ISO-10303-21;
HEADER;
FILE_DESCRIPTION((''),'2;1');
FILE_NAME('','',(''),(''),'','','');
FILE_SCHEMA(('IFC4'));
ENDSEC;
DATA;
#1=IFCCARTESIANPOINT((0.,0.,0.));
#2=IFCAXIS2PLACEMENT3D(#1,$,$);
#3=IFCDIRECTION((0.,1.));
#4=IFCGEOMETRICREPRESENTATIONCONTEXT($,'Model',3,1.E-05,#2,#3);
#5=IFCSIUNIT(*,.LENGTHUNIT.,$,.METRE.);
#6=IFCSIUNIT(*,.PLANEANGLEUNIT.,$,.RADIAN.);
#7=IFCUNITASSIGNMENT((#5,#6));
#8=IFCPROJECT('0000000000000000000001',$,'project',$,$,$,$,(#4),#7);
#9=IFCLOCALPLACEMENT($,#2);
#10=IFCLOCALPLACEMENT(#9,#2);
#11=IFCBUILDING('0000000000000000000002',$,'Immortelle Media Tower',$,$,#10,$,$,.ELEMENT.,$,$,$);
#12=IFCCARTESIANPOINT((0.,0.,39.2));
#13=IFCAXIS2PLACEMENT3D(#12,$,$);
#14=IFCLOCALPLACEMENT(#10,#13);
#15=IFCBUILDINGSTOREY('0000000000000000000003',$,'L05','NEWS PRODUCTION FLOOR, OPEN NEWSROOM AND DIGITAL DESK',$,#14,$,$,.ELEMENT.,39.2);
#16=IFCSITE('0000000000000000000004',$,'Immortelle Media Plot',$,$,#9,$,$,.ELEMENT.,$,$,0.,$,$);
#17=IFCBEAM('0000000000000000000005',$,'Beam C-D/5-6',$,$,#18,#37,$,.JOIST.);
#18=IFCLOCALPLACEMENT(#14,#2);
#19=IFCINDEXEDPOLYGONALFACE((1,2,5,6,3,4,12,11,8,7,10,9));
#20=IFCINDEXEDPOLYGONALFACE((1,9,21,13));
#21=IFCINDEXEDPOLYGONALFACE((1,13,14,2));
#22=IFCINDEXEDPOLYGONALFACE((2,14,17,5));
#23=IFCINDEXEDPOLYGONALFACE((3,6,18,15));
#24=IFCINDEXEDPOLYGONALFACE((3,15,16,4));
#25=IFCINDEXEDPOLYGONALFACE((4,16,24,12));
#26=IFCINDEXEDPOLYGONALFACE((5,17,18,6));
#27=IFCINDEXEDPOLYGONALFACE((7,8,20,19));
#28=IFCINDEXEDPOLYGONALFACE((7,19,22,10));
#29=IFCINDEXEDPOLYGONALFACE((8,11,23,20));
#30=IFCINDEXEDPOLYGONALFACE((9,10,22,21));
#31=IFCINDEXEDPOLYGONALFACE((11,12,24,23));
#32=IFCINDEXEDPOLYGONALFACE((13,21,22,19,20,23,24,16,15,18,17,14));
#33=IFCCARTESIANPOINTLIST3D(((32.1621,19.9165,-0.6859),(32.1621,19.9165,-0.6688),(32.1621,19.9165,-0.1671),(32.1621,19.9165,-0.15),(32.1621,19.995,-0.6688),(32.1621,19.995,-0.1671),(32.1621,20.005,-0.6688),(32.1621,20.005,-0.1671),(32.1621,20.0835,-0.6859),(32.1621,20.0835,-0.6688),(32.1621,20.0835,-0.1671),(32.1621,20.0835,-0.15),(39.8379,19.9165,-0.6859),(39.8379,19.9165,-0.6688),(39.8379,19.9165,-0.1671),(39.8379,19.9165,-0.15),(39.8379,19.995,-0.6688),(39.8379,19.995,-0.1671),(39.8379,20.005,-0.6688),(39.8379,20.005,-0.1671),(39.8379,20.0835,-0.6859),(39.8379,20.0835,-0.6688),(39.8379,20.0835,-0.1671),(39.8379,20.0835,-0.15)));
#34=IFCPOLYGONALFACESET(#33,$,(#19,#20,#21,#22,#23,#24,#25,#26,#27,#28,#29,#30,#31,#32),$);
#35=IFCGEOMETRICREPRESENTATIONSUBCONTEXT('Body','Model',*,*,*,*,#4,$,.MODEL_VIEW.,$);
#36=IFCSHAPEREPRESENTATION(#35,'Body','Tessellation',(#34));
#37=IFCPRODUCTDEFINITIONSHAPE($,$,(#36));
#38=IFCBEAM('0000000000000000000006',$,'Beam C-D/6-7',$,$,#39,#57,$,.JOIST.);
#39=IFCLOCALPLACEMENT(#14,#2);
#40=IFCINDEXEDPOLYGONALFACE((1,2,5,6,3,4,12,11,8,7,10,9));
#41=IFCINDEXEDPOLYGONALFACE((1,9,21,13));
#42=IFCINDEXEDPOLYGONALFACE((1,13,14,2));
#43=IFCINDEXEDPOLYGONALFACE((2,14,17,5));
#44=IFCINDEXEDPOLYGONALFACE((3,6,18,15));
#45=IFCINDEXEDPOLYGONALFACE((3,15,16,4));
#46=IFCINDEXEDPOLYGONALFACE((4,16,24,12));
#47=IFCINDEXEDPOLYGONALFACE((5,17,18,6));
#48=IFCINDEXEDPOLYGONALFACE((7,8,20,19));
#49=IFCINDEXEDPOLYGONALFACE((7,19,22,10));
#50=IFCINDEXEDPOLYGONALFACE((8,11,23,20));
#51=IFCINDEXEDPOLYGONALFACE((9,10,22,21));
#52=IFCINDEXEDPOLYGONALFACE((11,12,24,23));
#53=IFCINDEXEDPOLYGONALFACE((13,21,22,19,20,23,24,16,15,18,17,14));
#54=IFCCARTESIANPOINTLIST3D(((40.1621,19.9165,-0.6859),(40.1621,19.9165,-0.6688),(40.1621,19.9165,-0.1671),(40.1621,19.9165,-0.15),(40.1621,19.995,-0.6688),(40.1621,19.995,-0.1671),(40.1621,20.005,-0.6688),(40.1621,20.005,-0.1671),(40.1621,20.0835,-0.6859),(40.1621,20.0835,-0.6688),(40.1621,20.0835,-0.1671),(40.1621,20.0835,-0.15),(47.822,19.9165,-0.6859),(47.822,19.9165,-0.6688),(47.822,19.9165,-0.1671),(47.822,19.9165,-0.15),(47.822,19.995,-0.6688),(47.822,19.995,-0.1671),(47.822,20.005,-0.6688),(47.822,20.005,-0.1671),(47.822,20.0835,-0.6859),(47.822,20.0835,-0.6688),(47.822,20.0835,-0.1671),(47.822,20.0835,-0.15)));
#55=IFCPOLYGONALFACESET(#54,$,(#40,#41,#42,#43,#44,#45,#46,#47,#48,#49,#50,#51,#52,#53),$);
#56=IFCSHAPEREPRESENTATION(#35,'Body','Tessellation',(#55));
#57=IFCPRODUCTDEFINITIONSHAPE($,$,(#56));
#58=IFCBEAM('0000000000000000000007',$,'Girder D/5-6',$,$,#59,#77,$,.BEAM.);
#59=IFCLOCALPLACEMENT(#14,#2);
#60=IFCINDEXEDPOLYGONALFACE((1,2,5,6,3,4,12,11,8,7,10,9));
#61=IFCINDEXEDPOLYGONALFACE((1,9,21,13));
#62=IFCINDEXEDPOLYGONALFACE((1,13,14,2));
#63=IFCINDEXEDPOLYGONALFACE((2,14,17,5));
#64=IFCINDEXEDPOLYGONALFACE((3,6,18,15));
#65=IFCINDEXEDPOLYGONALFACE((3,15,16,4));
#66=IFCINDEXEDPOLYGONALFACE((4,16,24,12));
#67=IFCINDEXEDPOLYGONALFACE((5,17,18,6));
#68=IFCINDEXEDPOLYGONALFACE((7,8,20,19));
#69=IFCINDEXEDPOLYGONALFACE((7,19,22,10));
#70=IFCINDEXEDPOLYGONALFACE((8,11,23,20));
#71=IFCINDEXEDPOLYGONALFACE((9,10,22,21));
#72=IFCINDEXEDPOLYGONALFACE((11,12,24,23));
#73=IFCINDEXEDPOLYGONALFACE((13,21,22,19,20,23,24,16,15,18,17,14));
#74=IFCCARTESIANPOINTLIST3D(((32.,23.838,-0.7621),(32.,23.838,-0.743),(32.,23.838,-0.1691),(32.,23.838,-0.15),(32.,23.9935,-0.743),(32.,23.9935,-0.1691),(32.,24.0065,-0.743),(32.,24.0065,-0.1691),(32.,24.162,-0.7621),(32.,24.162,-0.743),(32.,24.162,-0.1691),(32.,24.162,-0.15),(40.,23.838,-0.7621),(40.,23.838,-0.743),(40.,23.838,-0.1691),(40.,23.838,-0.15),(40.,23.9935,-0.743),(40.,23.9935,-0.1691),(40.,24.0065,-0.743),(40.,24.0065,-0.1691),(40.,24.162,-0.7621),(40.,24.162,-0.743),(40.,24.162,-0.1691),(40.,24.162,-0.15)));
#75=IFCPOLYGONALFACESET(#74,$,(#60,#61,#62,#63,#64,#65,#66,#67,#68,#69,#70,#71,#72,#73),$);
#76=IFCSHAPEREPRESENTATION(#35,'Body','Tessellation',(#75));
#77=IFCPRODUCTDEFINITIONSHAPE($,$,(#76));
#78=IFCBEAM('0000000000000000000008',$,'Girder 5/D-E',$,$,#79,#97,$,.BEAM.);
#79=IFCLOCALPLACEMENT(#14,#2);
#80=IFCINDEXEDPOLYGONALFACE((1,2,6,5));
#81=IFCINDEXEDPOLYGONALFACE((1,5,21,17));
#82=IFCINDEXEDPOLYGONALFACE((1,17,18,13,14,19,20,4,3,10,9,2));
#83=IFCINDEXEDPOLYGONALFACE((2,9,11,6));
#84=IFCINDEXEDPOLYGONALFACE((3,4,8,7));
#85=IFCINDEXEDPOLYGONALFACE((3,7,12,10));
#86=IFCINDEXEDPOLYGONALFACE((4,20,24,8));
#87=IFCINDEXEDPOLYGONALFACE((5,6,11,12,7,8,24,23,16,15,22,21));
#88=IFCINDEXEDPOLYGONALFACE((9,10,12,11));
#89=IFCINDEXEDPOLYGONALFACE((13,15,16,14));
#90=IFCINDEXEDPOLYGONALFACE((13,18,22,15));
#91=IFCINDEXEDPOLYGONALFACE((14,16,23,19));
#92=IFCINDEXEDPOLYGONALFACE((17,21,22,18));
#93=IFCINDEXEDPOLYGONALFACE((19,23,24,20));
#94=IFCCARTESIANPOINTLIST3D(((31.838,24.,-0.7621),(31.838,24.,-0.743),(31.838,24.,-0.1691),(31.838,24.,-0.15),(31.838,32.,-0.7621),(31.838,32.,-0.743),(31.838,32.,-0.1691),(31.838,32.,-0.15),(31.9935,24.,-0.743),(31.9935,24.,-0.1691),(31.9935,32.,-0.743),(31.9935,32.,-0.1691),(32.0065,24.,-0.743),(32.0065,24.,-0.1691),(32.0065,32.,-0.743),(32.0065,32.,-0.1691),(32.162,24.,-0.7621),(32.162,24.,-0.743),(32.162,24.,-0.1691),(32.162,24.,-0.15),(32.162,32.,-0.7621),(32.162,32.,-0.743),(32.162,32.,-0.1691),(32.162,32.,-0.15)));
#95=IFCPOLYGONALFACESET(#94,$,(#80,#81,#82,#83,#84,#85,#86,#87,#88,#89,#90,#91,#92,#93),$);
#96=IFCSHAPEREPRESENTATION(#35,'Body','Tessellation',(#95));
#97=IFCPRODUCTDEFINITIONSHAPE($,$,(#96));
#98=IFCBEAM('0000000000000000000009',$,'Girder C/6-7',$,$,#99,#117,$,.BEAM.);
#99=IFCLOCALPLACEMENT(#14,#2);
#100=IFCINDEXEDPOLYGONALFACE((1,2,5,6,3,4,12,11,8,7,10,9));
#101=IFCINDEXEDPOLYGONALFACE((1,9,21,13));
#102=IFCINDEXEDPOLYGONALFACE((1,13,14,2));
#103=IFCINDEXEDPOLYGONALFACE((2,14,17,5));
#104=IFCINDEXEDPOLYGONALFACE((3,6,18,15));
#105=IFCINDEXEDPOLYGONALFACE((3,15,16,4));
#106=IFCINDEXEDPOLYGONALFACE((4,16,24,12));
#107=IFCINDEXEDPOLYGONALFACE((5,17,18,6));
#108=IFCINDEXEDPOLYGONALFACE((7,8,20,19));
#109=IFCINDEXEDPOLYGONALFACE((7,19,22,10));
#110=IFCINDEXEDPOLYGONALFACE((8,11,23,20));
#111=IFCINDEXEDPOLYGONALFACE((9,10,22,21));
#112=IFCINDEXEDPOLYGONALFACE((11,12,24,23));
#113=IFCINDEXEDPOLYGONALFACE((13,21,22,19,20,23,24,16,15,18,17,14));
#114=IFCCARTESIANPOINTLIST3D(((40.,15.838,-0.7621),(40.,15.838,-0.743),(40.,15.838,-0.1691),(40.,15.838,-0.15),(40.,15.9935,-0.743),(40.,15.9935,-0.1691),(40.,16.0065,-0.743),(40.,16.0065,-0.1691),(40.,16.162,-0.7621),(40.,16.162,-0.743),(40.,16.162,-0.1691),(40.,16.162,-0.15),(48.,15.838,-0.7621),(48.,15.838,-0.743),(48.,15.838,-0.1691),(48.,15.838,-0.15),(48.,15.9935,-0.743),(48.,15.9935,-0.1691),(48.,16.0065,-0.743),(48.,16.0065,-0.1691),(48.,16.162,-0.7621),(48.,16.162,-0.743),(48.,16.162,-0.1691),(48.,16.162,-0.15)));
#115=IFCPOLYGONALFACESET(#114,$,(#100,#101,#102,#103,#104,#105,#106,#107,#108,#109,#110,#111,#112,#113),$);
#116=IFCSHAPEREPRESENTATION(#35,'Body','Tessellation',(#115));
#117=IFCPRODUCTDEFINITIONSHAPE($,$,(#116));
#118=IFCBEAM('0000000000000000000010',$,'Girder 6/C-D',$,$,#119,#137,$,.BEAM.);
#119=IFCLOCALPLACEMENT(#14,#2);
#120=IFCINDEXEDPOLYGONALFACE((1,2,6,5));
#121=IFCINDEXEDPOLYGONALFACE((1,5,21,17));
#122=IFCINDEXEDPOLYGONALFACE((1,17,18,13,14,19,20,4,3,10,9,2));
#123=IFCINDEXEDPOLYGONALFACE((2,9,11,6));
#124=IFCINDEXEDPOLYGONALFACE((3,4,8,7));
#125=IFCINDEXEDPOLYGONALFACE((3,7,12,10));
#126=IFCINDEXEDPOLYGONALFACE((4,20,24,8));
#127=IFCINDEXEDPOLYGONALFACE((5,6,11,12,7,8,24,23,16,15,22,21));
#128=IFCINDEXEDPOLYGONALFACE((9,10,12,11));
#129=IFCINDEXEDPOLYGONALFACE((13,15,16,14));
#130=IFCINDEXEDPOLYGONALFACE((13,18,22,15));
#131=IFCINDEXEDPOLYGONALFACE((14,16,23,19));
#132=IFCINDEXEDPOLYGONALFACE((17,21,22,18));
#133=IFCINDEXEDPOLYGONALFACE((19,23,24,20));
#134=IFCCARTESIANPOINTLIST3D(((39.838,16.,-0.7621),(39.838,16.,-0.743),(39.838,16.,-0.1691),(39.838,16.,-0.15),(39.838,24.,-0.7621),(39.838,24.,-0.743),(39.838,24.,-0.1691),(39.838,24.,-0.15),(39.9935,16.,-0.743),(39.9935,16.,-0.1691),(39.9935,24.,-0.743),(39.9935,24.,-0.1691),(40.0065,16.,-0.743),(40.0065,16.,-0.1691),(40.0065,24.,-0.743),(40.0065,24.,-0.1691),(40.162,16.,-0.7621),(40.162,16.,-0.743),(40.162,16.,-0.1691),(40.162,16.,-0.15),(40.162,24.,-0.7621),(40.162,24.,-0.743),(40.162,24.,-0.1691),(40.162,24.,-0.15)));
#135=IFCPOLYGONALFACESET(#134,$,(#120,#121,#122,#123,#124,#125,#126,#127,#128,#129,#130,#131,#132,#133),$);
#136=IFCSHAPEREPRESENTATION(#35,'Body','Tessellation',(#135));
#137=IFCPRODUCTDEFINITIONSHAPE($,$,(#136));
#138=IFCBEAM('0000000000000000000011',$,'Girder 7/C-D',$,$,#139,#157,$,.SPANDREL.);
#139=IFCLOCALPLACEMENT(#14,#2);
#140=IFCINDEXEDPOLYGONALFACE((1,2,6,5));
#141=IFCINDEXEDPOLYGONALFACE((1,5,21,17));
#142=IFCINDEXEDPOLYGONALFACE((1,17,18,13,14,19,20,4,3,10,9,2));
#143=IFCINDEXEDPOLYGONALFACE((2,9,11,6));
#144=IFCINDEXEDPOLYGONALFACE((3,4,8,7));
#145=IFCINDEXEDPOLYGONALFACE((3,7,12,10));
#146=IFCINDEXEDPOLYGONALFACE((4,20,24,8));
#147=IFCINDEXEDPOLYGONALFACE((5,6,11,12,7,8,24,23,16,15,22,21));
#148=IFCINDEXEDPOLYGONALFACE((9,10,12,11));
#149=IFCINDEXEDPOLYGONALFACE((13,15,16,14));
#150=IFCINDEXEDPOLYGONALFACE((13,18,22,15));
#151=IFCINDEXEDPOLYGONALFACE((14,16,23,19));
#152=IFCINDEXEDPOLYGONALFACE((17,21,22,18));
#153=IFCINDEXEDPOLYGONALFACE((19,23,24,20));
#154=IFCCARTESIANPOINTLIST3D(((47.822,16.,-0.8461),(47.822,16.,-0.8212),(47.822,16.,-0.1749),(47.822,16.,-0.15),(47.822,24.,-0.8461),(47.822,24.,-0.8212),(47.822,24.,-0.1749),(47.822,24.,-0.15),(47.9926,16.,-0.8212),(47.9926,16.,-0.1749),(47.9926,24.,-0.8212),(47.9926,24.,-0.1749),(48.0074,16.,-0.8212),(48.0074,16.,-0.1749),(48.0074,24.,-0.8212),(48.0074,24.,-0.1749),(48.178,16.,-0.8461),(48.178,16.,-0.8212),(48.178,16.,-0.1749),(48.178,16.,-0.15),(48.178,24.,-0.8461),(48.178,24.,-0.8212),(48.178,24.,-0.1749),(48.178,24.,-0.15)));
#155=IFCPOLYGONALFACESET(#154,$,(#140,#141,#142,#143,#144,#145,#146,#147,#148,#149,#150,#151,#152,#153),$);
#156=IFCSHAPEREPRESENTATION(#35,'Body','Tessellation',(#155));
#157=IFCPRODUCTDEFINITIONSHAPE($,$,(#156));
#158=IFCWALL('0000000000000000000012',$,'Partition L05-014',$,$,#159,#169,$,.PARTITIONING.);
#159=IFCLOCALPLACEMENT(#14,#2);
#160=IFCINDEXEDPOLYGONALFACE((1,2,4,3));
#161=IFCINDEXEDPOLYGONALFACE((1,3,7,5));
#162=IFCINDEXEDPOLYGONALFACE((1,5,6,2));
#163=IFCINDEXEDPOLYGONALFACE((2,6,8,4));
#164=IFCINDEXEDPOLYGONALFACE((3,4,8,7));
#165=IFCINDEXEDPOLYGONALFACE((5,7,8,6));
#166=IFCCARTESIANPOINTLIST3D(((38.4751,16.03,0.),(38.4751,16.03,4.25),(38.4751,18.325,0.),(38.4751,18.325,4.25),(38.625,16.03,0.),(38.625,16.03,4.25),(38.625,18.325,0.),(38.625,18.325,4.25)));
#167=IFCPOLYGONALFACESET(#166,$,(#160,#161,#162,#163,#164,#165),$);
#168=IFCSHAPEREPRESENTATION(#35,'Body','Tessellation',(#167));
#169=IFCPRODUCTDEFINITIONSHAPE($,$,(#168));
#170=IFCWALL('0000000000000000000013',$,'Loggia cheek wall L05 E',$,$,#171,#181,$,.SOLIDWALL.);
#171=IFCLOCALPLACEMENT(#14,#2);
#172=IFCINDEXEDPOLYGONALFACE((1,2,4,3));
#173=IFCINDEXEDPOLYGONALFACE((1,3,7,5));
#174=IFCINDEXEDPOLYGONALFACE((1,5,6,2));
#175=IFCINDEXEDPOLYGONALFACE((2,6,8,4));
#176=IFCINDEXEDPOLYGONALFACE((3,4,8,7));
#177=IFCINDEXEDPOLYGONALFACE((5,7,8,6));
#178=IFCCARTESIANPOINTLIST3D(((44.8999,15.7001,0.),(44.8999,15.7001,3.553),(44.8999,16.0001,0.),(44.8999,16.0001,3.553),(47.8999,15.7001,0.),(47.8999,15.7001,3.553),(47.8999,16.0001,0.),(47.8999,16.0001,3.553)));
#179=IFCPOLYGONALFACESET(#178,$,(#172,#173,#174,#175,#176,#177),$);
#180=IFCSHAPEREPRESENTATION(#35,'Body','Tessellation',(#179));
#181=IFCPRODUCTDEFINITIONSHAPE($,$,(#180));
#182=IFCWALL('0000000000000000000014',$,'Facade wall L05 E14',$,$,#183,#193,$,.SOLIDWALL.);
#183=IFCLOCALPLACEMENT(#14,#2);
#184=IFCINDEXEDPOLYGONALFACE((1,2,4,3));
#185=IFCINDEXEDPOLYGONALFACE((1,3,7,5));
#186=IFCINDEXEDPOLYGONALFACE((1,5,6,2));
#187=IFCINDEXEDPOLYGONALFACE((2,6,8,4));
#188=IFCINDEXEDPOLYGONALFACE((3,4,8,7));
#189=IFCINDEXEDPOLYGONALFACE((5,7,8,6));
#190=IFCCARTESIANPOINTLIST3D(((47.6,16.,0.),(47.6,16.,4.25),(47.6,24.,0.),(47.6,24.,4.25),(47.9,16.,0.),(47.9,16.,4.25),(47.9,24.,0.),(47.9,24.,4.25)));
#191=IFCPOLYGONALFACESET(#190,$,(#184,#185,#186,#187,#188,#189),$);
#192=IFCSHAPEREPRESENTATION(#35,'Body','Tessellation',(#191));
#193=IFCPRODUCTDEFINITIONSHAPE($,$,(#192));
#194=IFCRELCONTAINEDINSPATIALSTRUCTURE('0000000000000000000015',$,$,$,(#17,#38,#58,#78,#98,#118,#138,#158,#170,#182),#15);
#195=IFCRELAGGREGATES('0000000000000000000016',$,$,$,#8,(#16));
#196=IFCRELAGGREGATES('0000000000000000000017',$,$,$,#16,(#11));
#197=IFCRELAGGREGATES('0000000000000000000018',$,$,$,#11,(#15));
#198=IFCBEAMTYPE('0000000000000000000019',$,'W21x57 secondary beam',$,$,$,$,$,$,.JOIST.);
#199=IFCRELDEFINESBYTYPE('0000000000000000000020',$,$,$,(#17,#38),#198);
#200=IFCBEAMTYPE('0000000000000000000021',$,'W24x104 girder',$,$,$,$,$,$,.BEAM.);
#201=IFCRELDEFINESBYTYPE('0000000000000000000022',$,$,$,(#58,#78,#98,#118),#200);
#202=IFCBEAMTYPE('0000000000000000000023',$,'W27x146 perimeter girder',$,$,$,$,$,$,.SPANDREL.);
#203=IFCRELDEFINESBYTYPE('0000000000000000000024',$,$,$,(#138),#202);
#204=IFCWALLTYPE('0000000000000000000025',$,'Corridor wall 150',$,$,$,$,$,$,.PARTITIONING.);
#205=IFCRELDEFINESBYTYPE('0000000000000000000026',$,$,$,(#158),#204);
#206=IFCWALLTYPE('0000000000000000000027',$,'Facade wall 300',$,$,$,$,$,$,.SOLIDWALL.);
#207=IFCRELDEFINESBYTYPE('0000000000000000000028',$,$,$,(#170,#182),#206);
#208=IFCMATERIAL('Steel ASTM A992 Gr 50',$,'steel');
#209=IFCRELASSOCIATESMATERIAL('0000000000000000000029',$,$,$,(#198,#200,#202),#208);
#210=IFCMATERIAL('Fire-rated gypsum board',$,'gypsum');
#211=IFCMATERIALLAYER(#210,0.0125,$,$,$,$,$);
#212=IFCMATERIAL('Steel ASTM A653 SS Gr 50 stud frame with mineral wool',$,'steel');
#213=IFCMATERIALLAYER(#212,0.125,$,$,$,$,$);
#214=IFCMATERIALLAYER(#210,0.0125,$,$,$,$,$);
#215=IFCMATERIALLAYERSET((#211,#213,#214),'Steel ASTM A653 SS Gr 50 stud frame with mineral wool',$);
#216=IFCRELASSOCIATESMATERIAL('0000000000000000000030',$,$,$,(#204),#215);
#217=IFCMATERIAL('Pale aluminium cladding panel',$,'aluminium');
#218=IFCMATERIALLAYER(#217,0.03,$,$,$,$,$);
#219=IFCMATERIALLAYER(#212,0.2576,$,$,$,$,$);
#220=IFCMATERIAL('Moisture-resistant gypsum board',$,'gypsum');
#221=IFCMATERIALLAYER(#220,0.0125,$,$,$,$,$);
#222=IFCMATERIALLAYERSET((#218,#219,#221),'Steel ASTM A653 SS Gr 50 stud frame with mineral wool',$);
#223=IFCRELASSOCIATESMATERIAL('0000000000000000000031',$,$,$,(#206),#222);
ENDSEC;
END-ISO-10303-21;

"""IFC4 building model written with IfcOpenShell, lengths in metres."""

from ifc_helpers import new_model, si_unit, direction, frame, frame_2d, origin, origin_2d, place, context, subcontext, project, spatial, rectangle, i_section, extrude, material, layer, layer_set, material_profile, profile_set, type_object, element, save


model = new_model("IFC4")

# Units and contexts
model_context = context("Model", 3, precision=1e-05, world=origin(), true_north=direction((0.0, 1.0)))
body_context = subcontext(model_context, "Body", "Model", "MODEL_VIEW")
ifc_project = project(units=[si_unit("LENGTHUNIT", "METRE"), si_unit("PLANEANGLEUNIT", "RADIAN")], contexts=[model_context])

# Site, building, storey
site_placement = place(None, origin())
site = spatial("IfcSite", under=ifc_project, at=site_placement, Name="Immortelle Media Plot", CompositionType="ELEMENT", RefElevation=0.0)
building_placement = place(site_placement, origin())
building = spatial("IfcBuilding", under=site, at=building_placement, Name="Immortelle Media Tower", CompositionType="ELEMENT")
storey_placement = place(building_placement, frame((0.0, 0.0, 39.2)))
storey = spatial("IfcBuildingStorey", under=building, at=storey_placement, Name="L05", Description="NEWS PRODUCTION FLOOR, OPEN NEWSROOM AND DIGITAL DESK", CompositionType="ELEMENT", Elevation=39.2)

# Shared definitions
ifc_material_1 = material(Name="Steel ASTM A992 Gr 50", Category="steel")

# Beams
ifc_material_profile_1 = material_profile(ifc_material_1, i_section(OverallWidth=0.167, OverallDepth=0.5359, WebThickness=0.01, FlangeThickness=0.0171, at=origin_2d()), Name="W21x57")
ifc_profile_set_1 = profile_set([ifc_material_profile_1], Name="Steel ASTM A992 Gr 50")
beam_type_1 = type_object("IfcBeamType", Name="W21x57 secondary beam", PredefinedType="JOIST", material=ifc_profile_set_1)
beam_1_placement = place(storey_placement, frame((32.1621, 20.0, -0.418), z_axis=(1.0, 0.0, 0.0), x_axis=(0.0, 1.0, 0.0)))
element("IfcBeam", 1, at=beam_1_placement, inside=storey, type_object=beam_type_1, Name="Beam C-D/5-6", PredefinedType="JOIST", context=body_context, shape_type="SweptSolid", body=[
    extrude(i_section(OverallWidth=0.167, OverallDepth=0.5359, WebThickness=0.01, FlangeThickness=0.0171, at=origin_2d()), origin(), (0.0, 0.0, 1.0), 7.6758),
])
beam_2_placement = place(storey_placement, frame((40.1621, 20.0, -0.418), z_axis=(1.0, 0.0, 0.0), x_axis=(0.0, 1.0, 0.0)))
element("IfcBeam", 2, at=beam_2_placement, inside=storey, type_object=beam_type_1, Name="Beam C-D/6-7", PredefinedType="JOIST", context=body_context, shape_type="SweptSolid", body=[
    extrude(i_section(OverallWidth=0.167, OverallDepth=0.5359, WebThickness=0.01, FlangeThickness=0.0171, at=origin_2d()), origin(), (0.0, 0.0, 1.0), 7.6599),
])
ifc_material_profile_2 = material_profile(ifc_material_1, i_section(OverallWidth=0.324, OverallDepth=0.6121, WebThickness=0.0129, FlangeThickness=0.019, at=origin_2d()), Name="W24x104")
ifc_profile_set_2 = profile_set([ifc_material_profile_2], Name="Steel ASTM A992 Gr 50")
beam_type_2 = type_object("IfcBeamType", Name="W24x104 girder", PredefinedType="BEAM", material=ifc_profile_set_2)
for number, where, z_axis, x_axis, name in (
    (3, (32.0, 24.0, -0.4561), (1.0, 0.0, 0.0), (0.0, 1.0, 0.0), "Girder D/5-6"),
    (4, (32.0, 24.0, -0.4561), (0.0, 1.0, 0.0), (-1.0, 0.0, 0.0), "Girder 5/D-E"),
    (5, (40.0, 16.0, -0.4561), (1.0, 0.0, 0.0), (0.0, 1.0, 0.0), "Girder C/6-7"),
    (6, (40.0, 16.0, -0.4561), (0.0, 1.0, 0.0), (-1.0, 0.0, 0.0), "Girder 6/C-D"),
):
    element("IfcBeam", number, at=place(storey_placement, frame(where, z_axis=z_axis, x_axis=x_axis)), inside=storey, type_object=beam_type_2, Name=name, PredefinedType="BEAM", context=body_context, shape_type="SweptSolid", body=[
        extrude(i_section(OverallWidth=0.324, OverallDepth=0.6121, WebThickness=0.0129, FlangeThickness=0.019, at=origin_2d()), origin(), (0.0, 0.0, 1.0), 8.0),
    ])
ifc_material_profile_3 = material_profile(ifc_material_1, i_section(OverallWidth=0.356, OverallDepth=0.696, WebThickness=0.0149, FlangeThickness=0.0249, at=origin_2d()), Name="W27x146")
ifc_profile_set_3 = profile_set([ifc_material_profile_3], Name="Steel ASTM A992 Gr 50")
beam_type_3 = type_object("IfcBeamType", Name="W27x146 perimeter girder", PredefinedType="SPANDREL", material=ifc_profile_set_3)
beam_3_placement = place(storey_placement, frame((48.0, 16.0, -0.498), z_axis=(0.0, 1.0, 0.0), x_axis=(-1.0, 0.0, 0.0)))
element("IfcBeam", 7, at=beam_3_placement, inside=storey, type_object=beam_type_3, Name="Girder 7/C-D", PredefinedType="SPANDREL", context=body_context, shape_type="SweptSolid", body=[
    extrude(i_section(OverallWidth=0.356, OverallDepth=0.696, WebThickness=0.0149, FlangeThickness=0.0249, at=origin_2d()), origin(), (0.0, 0.0, 1.0), 8.0),
])

# Walls
ifc_material_2 = material(Name="Fire-rated gypsum board", Category="gypsum")
ifc_layer_1 = layer(ifc_material_2, 0.0125)
ifc_material_3 = material(Name="Steel ASTM A653 SS Gr 50 stud frame with mineral wool", Category="steel")
ifc_layer_2 = layer(ifc_material_3, 0.125)
ifc_layer_3 = layer(ifc_material_2, 0.0125)
ifc_layer_set_1 = layer_set([ifc_layer_1, ifc_layer_2, ifc_layer_3], Name="Steel ASTM A653 SS Gr 50 stud frame with mineral wool")
wall_type_1 = type_object("IfcWallType", Name="Corridor wall 150", PredefinedType="PARTITIONING", material=ifc_layer_set_1)
wall_1_placement = place(storey_placement, frame((38.55, 16.03, 0.0), z_axis=(0.0, 0.0, 1.0), x_axis=(0.0, 1.0, 0.0)))
element("IfcWall", 8, at=wall_1_placement, inside=storey, type_object=wall_type_1, Name="Partition L05-014", PredefinedType="PARTITIONING", context=body_context, shape_type="SweptSolid", body=[
    extrude(rectangle(XDim=2.2949, YDim=0.1499, at=frame_2d((1.1475, 0.0))), origin(), (0.0, 0.0, 1.0), 4.25),
])
ifc_material_4 = material(Name="Pale aluminium cladding panel", Category="aluminium")
ifc_layer_4 = layer(ifc_material_4, 0.03)
ifc_layer_5 = layer(ifc_material_3, 0.2576)
ifc_material_5 = material(Name="Moisture-resistant gypsum board", Category="gypsum")
ifc_layer_6 = layer(ifc_material_5, 0.0125)
ifc_layer_set_2 = layer_set([ifc_layer_4, ifc_layer_5, ifc_layer_6], Name="Steel ASTM A653 SS Gr 50 stud frame with mineral wool")
wall_type_2 = type_object("IfcWallType", Name="Facade wall 300", PredefinedType="SOLIDWALL", material=ifc_layer_set_2)
wall_2_placement = place(storey_placement, frame((47.8999, 15.8501, 0.0), z_axis=(0.0, 0.0, 1.0), x_axis=(-1.0, 0.0, 0.0)))
element("IfcWall", 9, at=wall_2_placement, inside=storey, type_object=wall_type_2, Name="Loggia cheek wall L05 E", PredefinedType="SOLIDWALL", context=body_context, shape_type="SweptSolid", body=[
    extrude(rectangle(XDim=3.0, YDim=0.3, at=frame_2d((1.5, 0.0))), origin(), (0.0, 0.0, 1.0), 3.553),
])
wall_3_placement = place(storey_placement, frame((47.75, 16.0, 0.0), z_axis=(0.0, 0.0, 1.0), x_axis=(0.0, 1.0, 0.0)))
element("IfcWall", 10, at=wall_3_placement, inside=storey, type_object=wall_type_2, Name="Facade wall L05 E14", PredefinedType="SOLIDWALL", context=body_context, shape_type="SweptSolid", body=[
    extrude(rectangle(XDim=8.0, YDim=0.3, at=frame_2d((4.0, 0.0))), origin(), (0.0, 0.0, 1.0), 4.25),
])

save(model, "model.ifc")
